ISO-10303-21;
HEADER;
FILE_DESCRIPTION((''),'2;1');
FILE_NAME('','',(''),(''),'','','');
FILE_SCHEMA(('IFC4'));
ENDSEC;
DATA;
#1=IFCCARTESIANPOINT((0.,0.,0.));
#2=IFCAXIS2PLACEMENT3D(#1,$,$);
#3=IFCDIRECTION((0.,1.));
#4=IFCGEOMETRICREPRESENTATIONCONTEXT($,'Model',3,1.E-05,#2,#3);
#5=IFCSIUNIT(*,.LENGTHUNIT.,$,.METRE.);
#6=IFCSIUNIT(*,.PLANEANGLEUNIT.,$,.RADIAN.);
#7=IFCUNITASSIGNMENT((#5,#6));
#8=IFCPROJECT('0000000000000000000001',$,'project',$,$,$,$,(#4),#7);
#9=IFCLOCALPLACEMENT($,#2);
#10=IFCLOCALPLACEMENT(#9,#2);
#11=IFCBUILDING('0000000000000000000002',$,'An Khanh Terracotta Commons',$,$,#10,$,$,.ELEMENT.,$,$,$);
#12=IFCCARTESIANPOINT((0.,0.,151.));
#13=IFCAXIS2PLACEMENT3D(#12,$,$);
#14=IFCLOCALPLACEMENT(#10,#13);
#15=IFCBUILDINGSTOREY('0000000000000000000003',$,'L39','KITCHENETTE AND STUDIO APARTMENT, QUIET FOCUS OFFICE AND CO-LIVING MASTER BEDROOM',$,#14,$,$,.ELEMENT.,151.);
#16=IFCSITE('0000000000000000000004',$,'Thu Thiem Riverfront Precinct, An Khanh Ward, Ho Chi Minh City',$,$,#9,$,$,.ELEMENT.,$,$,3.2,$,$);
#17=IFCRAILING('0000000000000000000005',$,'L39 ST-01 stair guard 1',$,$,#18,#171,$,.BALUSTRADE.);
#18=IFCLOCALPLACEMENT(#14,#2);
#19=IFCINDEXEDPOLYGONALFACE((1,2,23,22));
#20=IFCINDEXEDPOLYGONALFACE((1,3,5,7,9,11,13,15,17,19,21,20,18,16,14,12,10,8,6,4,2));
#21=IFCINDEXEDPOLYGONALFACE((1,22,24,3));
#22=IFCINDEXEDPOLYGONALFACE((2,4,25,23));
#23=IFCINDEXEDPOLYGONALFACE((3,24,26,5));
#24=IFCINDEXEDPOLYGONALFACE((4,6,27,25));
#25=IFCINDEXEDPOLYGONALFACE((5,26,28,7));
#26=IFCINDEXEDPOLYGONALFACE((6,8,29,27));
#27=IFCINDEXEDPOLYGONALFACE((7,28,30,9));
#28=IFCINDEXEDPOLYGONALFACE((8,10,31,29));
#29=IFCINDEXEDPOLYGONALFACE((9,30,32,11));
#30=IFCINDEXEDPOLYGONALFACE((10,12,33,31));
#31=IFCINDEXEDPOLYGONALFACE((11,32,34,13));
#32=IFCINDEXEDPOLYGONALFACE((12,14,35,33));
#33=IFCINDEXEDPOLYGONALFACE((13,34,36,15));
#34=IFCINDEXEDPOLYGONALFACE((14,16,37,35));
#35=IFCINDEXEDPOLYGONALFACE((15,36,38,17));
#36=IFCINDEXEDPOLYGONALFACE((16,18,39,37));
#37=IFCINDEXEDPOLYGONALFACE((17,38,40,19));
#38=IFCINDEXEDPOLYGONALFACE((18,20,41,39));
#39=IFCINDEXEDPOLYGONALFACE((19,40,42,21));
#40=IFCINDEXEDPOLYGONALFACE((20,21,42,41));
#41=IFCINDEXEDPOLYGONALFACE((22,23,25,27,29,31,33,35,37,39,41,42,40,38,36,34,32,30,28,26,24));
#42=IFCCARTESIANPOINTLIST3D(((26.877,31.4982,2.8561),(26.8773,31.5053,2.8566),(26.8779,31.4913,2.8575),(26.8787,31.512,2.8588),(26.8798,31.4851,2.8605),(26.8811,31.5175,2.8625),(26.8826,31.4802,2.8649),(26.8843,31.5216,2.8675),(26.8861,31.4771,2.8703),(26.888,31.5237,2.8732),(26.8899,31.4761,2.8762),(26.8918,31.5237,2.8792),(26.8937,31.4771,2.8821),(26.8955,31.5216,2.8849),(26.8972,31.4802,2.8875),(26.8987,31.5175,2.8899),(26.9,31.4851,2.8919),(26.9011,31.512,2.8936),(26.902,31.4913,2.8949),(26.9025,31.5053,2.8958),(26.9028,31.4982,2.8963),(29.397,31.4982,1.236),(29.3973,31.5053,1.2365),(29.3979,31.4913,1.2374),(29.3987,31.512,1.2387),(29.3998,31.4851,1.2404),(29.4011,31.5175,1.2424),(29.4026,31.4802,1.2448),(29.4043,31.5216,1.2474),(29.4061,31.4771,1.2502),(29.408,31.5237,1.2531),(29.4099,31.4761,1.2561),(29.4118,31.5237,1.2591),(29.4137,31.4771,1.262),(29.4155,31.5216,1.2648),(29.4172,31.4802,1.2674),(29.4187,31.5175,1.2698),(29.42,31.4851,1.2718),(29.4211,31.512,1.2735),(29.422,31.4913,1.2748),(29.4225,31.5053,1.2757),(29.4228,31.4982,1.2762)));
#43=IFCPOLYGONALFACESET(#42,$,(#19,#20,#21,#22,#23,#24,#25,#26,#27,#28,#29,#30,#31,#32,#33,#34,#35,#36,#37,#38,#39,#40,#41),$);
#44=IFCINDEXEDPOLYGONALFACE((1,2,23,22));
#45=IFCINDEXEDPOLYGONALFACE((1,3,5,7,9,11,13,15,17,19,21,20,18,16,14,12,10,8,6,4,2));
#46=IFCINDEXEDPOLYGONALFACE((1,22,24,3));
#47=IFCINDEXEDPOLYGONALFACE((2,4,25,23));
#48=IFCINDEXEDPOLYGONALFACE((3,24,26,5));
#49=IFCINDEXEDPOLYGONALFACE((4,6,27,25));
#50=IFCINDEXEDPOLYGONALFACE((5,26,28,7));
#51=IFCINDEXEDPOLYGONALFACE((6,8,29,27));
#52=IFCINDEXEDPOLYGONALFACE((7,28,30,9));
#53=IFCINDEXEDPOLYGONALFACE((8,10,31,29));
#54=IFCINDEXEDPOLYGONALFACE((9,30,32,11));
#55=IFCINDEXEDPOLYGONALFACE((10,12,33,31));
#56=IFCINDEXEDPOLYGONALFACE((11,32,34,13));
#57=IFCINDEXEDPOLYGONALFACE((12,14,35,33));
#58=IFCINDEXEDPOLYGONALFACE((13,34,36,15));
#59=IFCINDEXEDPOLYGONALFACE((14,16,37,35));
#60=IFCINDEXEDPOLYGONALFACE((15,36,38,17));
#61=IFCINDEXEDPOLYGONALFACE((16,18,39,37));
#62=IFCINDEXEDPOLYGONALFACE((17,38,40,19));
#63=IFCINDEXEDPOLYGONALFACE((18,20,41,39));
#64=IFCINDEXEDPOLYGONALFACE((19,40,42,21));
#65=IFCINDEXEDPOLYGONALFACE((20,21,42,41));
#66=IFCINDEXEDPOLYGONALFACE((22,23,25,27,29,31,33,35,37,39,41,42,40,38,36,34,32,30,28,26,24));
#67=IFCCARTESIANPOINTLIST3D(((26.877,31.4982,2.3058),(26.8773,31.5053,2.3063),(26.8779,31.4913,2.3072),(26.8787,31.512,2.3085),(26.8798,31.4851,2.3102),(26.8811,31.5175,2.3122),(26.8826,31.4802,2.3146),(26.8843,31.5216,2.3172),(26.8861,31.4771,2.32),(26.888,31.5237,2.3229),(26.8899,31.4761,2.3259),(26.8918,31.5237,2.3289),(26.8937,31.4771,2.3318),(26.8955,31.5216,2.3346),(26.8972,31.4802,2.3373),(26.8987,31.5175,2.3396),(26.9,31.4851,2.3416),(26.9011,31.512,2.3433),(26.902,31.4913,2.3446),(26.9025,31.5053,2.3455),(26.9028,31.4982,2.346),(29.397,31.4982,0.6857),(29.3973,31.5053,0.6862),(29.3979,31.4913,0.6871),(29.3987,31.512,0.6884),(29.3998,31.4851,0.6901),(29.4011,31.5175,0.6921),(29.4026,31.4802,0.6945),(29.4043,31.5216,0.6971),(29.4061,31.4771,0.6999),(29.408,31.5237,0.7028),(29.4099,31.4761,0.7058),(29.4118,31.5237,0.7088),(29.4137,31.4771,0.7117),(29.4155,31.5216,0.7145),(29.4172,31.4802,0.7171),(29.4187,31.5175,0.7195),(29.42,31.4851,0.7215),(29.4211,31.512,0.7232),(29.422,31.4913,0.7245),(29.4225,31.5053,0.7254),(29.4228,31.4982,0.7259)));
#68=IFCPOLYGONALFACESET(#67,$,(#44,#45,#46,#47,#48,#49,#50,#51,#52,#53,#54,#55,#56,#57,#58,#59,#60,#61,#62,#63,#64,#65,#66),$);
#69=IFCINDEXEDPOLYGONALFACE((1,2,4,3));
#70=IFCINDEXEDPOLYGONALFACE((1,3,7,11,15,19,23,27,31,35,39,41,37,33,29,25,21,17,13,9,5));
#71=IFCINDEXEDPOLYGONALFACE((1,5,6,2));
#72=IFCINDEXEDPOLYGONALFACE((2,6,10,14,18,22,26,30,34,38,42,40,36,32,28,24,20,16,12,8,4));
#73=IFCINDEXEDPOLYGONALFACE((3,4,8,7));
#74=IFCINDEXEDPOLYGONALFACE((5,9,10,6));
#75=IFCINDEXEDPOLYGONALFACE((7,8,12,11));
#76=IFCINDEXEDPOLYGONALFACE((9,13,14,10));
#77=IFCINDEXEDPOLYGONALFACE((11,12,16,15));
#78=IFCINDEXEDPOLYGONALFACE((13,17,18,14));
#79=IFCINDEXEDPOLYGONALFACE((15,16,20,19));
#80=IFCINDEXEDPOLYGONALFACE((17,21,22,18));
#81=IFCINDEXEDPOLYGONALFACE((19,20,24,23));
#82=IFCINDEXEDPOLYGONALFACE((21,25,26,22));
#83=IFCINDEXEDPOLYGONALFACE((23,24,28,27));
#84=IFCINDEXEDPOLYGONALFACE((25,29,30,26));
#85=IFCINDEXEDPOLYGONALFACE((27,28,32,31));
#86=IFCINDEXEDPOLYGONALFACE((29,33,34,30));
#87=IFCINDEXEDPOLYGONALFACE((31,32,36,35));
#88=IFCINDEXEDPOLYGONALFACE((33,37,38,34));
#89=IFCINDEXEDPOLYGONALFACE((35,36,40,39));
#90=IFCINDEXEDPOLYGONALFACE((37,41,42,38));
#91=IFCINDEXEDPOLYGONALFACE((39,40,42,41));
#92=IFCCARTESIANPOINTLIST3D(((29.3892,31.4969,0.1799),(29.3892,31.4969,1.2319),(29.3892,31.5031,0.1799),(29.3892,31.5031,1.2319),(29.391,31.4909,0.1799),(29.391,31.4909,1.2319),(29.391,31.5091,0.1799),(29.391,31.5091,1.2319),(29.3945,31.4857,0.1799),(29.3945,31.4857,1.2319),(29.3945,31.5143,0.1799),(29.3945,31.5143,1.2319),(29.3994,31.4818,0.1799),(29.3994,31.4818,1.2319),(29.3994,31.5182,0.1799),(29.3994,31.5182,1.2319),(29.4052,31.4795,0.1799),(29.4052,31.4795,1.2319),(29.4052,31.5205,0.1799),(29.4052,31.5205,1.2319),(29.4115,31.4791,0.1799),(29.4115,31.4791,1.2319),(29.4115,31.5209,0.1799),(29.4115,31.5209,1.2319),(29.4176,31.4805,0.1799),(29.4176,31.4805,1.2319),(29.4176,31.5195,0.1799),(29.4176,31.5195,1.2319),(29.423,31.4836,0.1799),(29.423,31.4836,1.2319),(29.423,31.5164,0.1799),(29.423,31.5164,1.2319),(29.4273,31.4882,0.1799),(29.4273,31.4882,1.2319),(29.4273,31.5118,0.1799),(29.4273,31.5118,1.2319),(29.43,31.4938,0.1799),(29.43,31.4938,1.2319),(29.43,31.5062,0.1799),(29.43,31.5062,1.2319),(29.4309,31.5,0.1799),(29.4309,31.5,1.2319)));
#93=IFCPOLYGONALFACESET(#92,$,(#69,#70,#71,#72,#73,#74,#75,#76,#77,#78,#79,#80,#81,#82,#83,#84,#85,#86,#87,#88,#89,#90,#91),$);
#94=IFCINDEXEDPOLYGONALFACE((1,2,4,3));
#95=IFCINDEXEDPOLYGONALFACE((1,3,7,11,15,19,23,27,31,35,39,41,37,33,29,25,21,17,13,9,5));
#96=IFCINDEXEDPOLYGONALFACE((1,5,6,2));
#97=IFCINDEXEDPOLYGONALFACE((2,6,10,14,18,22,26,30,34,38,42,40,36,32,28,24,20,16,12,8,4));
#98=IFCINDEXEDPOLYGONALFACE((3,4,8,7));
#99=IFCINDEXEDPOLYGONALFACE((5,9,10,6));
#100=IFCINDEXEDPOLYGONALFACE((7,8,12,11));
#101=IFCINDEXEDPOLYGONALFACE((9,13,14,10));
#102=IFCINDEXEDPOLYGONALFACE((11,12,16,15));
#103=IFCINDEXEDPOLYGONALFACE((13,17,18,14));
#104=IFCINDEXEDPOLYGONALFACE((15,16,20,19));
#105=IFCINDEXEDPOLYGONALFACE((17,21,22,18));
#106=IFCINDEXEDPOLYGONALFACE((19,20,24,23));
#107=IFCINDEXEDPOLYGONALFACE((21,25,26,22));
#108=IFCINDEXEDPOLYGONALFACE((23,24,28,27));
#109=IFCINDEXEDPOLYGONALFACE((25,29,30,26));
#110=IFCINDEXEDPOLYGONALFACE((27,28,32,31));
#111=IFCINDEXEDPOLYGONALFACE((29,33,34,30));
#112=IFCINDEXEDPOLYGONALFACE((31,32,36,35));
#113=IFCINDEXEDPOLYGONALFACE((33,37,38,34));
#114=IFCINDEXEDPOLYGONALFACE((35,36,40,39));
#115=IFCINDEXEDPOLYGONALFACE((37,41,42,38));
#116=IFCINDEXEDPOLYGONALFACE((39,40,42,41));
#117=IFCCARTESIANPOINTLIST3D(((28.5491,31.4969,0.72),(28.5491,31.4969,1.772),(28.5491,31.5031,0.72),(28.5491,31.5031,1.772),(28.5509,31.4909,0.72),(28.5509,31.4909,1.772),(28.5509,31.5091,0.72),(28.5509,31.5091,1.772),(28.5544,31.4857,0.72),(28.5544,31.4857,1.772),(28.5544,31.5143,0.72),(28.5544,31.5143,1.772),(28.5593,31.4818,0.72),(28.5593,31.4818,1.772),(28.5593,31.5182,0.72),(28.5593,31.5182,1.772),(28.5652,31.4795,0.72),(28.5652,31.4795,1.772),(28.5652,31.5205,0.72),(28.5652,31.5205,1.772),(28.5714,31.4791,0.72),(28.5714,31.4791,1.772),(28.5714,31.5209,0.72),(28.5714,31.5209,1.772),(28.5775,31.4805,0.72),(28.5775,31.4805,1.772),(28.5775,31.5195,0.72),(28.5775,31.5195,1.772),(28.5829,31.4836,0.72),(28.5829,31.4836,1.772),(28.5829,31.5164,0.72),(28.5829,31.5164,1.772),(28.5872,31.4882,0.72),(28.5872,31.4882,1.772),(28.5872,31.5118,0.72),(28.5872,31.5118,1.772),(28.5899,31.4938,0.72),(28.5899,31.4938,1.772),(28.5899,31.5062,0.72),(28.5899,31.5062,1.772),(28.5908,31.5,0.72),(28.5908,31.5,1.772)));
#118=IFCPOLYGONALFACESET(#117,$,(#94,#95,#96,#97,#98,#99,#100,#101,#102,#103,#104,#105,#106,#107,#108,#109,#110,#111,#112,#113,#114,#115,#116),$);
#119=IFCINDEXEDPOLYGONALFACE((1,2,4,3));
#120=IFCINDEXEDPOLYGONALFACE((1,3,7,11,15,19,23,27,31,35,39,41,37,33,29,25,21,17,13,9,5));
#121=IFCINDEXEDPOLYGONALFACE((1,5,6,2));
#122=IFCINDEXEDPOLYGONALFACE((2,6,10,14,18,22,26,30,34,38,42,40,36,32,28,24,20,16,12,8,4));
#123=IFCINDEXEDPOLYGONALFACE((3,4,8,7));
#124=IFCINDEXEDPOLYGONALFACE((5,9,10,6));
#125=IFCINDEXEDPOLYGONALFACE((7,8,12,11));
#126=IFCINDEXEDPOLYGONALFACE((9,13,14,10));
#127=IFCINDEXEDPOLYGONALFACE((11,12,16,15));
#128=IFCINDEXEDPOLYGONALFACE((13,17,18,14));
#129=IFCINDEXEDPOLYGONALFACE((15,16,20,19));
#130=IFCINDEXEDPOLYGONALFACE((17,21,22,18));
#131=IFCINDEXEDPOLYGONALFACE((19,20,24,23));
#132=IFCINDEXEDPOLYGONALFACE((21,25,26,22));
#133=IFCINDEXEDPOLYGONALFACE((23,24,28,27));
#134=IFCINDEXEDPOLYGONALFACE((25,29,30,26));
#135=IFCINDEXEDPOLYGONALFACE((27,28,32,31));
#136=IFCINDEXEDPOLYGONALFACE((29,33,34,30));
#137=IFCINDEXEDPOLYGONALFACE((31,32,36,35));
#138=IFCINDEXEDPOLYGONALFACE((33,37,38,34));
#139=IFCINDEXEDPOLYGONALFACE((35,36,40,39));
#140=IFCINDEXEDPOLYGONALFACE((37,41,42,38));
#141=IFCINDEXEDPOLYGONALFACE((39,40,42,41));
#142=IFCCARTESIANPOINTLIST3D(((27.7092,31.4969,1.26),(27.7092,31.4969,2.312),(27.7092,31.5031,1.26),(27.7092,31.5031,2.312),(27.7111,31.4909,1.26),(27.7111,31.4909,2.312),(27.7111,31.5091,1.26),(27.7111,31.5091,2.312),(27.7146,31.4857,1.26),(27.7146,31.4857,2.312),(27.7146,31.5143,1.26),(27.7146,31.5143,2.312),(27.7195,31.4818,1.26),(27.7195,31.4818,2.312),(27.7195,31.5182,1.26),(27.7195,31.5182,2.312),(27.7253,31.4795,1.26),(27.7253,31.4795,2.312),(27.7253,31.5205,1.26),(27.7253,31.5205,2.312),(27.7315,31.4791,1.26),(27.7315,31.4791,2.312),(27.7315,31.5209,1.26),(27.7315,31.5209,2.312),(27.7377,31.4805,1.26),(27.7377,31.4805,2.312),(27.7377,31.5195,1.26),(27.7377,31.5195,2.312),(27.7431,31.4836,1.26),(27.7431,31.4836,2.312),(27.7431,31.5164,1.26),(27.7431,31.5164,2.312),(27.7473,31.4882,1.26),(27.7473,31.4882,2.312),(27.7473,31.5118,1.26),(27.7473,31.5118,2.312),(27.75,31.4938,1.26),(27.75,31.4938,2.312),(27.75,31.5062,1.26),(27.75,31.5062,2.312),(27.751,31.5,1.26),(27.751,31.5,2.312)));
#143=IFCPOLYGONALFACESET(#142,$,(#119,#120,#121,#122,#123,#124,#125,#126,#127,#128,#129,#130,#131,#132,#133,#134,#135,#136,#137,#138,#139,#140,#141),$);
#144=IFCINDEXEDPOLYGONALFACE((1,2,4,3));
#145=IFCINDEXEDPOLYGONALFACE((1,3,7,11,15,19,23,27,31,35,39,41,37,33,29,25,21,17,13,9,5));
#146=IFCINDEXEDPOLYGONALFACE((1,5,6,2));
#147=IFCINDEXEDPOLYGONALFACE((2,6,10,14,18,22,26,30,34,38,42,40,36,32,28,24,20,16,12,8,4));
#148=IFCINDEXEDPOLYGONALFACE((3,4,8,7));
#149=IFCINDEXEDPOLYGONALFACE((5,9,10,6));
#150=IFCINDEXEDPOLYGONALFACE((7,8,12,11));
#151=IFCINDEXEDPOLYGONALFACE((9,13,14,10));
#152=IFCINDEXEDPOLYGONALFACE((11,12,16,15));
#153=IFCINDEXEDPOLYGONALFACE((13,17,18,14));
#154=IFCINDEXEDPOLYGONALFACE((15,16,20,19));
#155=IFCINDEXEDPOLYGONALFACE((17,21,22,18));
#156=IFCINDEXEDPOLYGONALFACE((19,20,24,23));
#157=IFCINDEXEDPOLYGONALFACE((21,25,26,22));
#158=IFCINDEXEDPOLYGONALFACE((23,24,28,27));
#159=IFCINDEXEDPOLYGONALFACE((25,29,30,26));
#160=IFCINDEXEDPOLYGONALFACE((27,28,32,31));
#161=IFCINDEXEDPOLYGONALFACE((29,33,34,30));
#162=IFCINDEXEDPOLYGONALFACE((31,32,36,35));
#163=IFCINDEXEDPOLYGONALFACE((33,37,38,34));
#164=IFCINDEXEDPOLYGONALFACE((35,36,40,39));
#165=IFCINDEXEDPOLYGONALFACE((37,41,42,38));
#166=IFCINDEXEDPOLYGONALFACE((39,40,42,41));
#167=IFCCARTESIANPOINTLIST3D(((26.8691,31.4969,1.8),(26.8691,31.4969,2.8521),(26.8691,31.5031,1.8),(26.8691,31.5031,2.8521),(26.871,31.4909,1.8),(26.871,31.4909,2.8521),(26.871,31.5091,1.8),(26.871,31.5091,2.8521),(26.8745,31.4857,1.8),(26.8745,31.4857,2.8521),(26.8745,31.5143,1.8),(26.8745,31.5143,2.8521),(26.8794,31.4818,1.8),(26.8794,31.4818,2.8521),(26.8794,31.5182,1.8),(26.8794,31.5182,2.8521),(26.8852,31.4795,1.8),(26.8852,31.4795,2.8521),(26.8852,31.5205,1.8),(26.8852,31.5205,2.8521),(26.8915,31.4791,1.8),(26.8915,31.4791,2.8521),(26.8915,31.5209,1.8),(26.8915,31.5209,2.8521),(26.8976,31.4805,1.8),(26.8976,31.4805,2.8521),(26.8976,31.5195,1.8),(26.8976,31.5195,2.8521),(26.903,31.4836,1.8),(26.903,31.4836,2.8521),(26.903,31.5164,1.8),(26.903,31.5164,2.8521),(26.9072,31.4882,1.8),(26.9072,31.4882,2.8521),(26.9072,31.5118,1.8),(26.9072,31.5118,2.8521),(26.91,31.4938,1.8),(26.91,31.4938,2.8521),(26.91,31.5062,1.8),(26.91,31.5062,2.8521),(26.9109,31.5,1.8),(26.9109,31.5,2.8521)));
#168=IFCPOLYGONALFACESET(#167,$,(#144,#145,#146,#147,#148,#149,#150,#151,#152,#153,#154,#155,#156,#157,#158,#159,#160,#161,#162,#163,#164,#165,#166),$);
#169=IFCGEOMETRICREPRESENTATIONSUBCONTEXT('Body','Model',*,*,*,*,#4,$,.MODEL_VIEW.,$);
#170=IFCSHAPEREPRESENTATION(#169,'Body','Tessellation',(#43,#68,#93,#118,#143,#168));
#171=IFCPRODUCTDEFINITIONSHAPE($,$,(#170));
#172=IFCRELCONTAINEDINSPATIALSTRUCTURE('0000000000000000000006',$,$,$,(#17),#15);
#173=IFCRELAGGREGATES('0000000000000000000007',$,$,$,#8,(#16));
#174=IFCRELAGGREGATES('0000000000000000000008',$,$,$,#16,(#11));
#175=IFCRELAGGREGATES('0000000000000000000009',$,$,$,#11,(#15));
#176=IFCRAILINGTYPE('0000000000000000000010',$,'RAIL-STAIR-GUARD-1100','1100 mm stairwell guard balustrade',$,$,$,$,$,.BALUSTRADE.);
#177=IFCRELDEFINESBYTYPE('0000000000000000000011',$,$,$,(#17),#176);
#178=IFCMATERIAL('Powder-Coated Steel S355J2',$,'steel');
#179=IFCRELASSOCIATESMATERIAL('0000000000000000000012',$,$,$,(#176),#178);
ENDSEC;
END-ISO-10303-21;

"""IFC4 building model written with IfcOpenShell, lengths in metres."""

from ifc_helpers import new_model, si_unit, direction, frame, origin, origin_2d, place, context, subcontext, project, spatial, circle, extrude, material, type_object, element, save


model = new_model("IFC4")

# Units and contexts
model_context = context("Model", 3, precision=1e-05, world=origin(), true_north=direction((0.0, 1.0)))
body_context = subcontext(model_context, "Body", "Model", "MODEL_VIEW")
ifc_project = project(units=[si_unit("LENGTHUNIT", "METRE"), si_unit("PLANEANGLEUNIT", "RADIAN")], contexts=[model_context])

# Site, building, storey
site_placement = place(None, origin())
site = spatial("IfcSite", under=ifc_project, at=site_placement, Name="Thu Thiem Riverfront Precinct, An Khanh Ward, Ho Chi Minh City", CompositionType="ELEMENT", RefElevation=3.2)
building_placement = place(site_placement, origin())
building = spatial("IfcBuilding", under=site, at=building_placement, Name="An Khanh Terracotta Commons", CompositionType="ELEMENT")
storey_placement = place(building_placement, frame((0.0, 0.0, 151.0)))
storey = spatial("IfcBuildingStorey", under=building, at=storey_placement, Name="L39", Description="KITCHENETTE AND STUDIO APARTMENT, QUIET FOCUS OFFICE AND CO-LIVING MASTER BEDROOM", CompositionType="ELEMENT", Elevation=151.0)

# Railing
ifc_material_1 = material(Name="Powder-Coated Steel S355J2", Category="steel")
railing_type_1 = type_object("IfcRailingType", Name="RAIL-STAIR-GUARD-1100", Description="1100 mm stairwell guard balustrade", PredefinedType="BALUSTRADE", material=ifc_material_1)
railing_1_placement = place(storey_placement, frame((29.4099, 31.5, 0.1799)))
element("IfcRailing", 1, at=railing_1_placement, inside=storey, type_object=railing_type_1, Name="L39 ST-01 stair guard 1", PredefinedType="BALUSTRADE", context=body_context, shape_type="SweptSolid", body=[
    extrude(circle(Radius=0.0239, at=origin_2d()), frame((0.0, 0.0, 1.0762), z_axis=(-0.841163, 0.0, 0.540782), x_axis=(0.0, -1.0, 0.0)), (0.0, 0.0, 1.0), 2.9958),
    extrude(circle(Radius=0.0239, at=origin_2d()), frame((0.0, 0.0, 0.5259), z_axis=(-0.841163, 0.0, 0.540782), x_axis=(0.0, -1.0, 0.0)), (0.0, 0.0, 1.0), 2.9958),
    extrude(circle(Radius=0.021, at=origin_2d()), origin(), (0.0, 0.0, 1.0), 1.052),
    extrude(circle(Radius=0.021, at=origin_2d()), frame((-0.8401, 0.0, 0.54)), (0.0, 0.0, 1.0), 1.052),
    extrude(circle(Radius=0.021, at=origin_2d()), frame((-1.6799, 0.0, 1.0801)), (0.0, 0.0, 1.0), 1.052),
    extrude(circle(Radius=0.021, at=origin_2d()), frame((-2.52, 0.0, 1.6201)), (0.0, 0.0, 1.0), 1.052),
])

save(model, "model.ifc")
